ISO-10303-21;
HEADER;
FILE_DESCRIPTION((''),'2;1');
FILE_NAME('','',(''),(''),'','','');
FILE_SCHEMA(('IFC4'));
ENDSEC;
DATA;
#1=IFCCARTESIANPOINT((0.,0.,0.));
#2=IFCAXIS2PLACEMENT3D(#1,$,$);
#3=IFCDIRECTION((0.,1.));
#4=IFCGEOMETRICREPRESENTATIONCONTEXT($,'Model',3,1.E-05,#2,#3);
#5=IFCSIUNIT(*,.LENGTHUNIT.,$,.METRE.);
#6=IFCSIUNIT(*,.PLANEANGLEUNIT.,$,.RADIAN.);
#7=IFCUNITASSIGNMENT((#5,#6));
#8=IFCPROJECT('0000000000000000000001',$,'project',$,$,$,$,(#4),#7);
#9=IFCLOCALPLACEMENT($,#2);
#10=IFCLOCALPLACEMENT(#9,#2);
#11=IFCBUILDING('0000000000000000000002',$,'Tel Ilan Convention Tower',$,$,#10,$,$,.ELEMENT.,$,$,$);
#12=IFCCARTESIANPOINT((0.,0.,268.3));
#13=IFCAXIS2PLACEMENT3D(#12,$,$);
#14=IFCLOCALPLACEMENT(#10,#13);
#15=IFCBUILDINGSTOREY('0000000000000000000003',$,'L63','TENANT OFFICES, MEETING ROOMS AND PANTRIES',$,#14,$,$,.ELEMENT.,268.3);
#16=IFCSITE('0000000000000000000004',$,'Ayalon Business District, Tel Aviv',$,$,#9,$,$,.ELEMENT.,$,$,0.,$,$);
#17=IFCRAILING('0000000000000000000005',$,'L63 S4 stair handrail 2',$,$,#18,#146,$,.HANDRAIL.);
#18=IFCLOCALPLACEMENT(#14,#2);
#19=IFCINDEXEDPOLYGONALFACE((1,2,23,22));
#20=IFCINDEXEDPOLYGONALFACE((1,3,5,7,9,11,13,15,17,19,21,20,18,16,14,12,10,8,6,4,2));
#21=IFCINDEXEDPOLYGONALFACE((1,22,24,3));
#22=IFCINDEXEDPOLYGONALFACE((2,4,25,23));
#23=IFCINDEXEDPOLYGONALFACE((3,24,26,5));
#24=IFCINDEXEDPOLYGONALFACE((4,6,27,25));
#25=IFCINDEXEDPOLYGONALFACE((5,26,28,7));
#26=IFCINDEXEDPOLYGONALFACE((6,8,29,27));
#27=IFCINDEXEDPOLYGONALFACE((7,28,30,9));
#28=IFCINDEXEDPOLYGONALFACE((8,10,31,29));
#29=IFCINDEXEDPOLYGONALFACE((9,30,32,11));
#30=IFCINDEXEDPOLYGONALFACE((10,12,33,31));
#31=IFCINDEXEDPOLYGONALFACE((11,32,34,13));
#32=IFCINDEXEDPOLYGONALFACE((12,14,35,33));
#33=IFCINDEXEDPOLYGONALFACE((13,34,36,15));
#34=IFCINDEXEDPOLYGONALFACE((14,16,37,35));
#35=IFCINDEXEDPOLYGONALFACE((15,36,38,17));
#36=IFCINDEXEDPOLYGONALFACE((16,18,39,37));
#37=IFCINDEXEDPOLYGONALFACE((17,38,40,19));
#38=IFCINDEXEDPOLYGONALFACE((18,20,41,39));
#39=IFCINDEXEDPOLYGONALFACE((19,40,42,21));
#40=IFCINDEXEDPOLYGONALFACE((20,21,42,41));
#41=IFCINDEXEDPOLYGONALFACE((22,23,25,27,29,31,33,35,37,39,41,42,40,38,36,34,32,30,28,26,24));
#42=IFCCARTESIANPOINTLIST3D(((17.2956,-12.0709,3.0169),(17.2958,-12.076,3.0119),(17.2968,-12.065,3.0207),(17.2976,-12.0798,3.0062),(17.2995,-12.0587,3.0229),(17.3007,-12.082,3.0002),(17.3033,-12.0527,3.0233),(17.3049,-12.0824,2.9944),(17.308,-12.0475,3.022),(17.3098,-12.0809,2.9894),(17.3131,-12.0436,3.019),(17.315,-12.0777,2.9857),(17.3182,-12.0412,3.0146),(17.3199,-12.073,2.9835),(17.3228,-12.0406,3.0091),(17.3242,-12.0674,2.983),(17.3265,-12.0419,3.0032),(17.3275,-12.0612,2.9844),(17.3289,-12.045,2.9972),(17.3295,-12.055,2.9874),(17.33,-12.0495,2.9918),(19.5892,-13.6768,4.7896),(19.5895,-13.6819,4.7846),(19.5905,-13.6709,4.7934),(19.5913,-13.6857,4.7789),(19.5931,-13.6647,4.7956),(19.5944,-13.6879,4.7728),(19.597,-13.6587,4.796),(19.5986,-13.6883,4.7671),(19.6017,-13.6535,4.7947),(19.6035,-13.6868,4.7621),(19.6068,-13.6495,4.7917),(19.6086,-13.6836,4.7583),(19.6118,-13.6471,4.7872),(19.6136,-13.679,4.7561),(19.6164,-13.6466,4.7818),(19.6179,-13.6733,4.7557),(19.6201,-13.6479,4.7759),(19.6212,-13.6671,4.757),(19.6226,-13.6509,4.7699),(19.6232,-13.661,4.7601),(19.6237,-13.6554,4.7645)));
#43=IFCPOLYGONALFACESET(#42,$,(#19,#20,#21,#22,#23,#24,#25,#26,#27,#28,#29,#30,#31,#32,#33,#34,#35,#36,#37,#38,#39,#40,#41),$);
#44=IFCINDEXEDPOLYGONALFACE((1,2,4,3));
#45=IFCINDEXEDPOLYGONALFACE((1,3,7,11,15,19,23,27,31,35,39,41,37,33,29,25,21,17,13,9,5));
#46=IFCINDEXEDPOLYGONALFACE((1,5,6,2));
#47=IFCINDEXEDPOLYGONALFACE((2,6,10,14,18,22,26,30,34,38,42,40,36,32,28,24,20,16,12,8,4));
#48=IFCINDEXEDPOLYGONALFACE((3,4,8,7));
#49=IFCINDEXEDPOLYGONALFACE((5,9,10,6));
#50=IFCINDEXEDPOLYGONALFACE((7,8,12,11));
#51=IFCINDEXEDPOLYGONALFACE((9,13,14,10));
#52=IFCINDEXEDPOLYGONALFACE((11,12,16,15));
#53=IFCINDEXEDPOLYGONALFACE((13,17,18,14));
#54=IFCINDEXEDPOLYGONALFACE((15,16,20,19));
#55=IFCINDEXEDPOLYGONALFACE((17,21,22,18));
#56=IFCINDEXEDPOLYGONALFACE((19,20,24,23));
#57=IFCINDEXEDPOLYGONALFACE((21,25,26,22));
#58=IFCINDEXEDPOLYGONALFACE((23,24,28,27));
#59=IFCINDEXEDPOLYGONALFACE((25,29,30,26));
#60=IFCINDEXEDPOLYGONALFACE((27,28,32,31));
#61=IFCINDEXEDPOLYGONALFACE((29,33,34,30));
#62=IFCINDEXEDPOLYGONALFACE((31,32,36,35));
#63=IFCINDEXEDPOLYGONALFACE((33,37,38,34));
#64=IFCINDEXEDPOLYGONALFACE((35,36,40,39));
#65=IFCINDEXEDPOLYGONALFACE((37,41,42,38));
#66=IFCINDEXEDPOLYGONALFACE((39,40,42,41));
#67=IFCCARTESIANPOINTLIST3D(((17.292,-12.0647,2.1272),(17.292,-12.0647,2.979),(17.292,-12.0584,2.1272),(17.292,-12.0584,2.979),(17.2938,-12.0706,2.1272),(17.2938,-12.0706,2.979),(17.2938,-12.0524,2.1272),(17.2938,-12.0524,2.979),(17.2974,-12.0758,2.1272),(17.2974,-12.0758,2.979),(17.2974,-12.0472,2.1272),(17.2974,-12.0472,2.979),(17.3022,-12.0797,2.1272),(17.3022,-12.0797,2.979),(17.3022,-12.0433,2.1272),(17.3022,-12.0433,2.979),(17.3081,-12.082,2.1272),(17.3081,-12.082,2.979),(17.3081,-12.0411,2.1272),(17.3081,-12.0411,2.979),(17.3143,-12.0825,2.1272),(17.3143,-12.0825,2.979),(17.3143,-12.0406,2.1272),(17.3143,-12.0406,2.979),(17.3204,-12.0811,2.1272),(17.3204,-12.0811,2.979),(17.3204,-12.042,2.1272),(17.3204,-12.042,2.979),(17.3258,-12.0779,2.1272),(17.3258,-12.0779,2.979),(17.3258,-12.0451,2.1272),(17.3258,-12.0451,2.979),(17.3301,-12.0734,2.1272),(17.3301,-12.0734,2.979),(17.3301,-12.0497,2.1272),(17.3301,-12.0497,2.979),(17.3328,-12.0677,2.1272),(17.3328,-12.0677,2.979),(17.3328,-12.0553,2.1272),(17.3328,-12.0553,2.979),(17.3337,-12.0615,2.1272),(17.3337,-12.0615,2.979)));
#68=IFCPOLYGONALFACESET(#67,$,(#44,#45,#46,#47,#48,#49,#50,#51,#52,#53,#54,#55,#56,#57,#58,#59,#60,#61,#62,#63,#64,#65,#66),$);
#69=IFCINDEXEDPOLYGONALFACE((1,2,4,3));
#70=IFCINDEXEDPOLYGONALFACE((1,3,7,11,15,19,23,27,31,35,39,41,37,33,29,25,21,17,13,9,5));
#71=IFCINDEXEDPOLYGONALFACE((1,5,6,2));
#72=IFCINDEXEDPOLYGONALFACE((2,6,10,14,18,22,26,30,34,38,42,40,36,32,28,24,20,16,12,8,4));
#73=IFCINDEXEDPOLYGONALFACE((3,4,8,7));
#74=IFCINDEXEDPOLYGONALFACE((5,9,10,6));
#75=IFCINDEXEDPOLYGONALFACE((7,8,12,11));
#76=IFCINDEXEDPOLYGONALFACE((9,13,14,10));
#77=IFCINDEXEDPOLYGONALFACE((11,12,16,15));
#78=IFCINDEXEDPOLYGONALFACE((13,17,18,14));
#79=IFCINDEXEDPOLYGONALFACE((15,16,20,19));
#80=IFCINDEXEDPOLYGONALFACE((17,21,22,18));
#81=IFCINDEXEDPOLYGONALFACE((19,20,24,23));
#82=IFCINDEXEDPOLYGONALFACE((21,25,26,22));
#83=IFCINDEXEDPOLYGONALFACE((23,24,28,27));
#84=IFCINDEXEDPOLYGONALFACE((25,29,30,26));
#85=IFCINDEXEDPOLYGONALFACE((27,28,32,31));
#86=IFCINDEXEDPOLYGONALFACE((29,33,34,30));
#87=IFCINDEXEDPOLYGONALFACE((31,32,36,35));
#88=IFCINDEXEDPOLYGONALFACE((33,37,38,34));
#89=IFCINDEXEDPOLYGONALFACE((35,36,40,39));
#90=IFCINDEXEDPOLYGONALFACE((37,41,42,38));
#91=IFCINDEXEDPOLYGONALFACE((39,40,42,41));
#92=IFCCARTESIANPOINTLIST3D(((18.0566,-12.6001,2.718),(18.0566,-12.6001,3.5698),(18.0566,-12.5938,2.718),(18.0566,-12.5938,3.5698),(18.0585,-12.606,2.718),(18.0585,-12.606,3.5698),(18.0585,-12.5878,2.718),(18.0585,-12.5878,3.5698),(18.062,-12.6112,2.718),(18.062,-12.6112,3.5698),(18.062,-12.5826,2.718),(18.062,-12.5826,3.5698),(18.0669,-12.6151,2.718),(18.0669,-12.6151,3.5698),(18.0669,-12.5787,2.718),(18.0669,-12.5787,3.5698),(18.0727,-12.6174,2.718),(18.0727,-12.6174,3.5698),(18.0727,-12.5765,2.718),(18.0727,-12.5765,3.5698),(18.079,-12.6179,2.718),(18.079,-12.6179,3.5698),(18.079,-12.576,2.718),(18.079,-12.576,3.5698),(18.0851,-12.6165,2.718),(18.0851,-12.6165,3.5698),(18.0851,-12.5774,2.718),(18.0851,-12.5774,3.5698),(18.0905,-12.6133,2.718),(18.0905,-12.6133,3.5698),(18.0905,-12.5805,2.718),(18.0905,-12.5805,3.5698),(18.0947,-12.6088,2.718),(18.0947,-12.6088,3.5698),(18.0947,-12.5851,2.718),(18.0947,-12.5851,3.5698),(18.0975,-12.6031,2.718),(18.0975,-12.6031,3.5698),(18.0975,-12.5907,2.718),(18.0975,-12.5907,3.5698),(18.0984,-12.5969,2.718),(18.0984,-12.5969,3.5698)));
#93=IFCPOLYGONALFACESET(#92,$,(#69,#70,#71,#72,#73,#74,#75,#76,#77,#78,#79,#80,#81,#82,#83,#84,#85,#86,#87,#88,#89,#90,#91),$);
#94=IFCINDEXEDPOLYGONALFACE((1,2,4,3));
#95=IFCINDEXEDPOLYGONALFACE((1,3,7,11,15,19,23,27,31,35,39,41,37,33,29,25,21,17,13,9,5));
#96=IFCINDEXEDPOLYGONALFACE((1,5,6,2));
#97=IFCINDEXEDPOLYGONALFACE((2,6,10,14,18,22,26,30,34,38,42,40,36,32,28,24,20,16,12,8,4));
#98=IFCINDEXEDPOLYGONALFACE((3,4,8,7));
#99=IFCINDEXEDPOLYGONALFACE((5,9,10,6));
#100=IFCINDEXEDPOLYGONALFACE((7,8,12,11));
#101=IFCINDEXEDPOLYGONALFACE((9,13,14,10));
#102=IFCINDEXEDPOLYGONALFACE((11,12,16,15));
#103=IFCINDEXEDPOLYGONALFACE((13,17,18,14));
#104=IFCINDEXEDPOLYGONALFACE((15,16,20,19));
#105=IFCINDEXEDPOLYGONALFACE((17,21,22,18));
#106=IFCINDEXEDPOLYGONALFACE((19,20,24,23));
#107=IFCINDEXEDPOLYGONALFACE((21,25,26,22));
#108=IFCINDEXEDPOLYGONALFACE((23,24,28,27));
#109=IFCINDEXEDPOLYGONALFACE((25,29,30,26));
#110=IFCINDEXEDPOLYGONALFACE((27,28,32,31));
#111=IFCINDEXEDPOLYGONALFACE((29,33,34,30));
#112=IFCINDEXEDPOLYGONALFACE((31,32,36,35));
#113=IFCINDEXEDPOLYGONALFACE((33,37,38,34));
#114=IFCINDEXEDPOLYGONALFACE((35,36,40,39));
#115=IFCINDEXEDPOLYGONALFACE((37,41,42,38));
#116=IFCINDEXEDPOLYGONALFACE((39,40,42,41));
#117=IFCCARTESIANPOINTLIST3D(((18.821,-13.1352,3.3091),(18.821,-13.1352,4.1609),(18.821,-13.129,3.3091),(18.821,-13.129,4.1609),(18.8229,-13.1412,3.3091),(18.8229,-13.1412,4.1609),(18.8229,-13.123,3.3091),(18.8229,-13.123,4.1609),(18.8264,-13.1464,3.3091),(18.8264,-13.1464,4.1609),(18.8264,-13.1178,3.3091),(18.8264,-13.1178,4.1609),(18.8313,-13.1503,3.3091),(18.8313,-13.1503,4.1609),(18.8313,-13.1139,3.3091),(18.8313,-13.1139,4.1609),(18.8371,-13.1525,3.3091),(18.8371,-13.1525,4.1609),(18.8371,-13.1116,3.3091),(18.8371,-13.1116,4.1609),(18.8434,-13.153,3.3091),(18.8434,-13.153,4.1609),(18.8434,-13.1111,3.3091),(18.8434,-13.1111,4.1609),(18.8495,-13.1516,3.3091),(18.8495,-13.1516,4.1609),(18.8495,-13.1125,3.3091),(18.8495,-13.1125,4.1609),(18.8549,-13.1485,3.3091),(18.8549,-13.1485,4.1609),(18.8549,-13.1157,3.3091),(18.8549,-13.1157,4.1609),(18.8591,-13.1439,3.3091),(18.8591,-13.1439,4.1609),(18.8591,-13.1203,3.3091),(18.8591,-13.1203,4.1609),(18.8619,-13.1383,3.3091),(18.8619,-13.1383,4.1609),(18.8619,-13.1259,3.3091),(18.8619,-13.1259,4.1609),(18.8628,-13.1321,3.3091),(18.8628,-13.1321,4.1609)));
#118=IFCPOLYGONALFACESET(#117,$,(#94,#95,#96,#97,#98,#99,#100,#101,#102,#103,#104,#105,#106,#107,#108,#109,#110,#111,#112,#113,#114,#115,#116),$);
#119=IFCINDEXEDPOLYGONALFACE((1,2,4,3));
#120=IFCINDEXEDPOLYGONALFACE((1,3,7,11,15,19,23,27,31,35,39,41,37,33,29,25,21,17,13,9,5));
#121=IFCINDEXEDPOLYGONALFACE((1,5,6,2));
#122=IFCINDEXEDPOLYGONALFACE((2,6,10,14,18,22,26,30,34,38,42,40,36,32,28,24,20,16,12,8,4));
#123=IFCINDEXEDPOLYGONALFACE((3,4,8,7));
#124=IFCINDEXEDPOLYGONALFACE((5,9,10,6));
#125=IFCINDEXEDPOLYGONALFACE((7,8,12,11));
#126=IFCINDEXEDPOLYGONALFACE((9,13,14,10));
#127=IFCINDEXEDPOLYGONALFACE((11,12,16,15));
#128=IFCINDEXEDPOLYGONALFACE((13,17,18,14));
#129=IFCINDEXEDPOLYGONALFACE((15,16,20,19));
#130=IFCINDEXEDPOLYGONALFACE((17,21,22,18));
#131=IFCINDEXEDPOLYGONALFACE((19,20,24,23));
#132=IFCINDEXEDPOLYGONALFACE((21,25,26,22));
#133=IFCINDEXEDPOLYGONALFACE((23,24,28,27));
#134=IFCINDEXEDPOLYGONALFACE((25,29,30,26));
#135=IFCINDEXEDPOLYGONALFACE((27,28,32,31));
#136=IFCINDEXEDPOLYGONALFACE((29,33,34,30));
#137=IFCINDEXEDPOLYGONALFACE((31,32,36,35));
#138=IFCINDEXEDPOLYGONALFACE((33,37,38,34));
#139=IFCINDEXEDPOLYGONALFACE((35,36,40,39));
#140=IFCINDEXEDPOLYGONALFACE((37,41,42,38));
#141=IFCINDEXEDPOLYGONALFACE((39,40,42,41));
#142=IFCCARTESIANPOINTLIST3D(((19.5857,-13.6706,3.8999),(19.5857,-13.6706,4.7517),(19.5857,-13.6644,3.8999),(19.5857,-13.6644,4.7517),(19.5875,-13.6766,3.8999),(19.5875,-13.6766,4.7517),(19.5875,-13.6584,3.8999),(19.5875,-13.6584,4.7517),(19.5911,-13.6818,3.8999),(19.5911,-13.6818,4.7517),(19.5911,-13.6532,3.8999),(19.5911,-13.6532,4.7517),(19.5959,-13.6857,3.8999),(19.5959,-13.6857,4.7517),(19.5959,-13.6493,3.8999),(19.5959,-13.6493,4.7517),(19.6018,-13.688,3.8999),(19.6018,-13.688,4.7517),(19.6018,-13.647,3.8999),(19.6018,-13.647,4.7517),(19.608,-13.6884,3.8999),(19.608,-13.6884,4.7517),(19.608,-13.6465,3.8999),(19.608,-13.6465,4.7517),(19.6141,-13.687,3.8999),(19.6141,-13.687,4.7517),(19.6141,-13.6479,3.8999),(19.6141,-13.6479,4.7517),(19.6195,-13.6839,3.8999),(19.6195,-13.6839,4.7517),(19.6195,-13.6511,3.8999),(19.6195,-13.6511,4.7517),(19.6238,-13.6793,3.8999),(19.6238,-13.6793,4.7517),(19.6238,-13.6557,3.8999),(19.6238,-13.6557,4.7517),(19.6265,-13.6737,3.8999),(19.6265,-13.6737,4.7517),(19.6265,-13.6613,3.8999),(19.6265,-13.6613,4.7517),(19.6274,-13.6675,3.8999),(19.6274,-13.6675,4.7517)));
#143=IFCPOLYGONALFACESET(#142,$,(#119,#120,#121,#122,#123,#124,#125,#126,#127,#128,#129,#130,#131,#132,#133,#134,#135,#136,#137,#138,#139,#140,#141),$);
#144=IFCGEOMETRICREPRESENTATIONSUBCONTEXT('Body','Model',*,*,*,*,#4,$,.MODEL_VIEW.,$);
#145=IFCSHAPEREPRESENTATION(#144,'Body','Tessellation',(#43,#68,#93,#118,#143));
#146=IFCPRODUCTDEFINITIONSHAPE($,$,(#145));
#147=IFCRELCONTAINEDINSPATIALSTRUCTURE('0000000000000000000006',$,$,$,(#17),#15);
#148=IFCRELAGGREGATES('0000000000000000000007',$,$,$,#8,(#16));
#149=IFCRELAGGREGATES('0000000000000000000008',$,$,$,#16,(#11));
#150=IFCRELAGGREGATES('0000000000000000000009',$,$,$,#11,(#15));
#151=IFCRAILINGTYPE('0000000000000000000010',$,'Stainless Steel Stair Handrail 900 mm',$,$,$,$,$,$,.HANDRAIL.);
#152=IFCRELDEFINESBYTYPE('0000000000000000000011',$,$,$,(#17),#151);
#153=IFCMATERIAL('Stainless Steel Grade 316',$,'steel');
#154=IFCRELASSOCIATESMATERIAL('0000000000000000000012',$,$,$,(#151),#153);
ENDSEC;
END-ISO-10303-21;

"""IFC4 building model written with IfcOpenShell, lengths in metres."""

from ifc_helpers import new_model, si_unit, direction, frame, origin, origin_2d, place, context, subcontext, project, spatial, circle, extrude, material, type_object, element, save


model = new_model("IFC4")

# Units and contexts
model_context = context("Model", 3, precision=1e-05, world=origin(), true_north=direction((0.0, 1.0)))
body_context = subcontext(model_context, "Body", "Model", "MODEL_VIEW")
ifc_project = project(units=[si_unit("LENGTHUNIT", "METRE"), si_unit("PLANEANGLEUNIT", "RADIAN")], contexts=[model_context])

# Site, building, storey
site_placement = place(None, origin())
site = spatial("IfcSite", under=ifc_project, at=site_placement, Name="Ayalon Business District, Tel Aviv", CompositionType="ELEMENT", RefElevation=0.0)
building_placement = place(site_placement, origin())
building = spatial("IfcBuilding", under=site, at=building_placement, Name="Tel Ilan Convention Tower", CompositionType="ELEMENT")
storey_placement = place(building_placement, frame((0.0, 0.0, 268.3)))
storey = spatial("IfcBuildingStorey", under=building, at=storey_placement, Name="L63", Description="TENANT OFFICES, MEETING ROOMS AND PANTRIES", CompositionType="ELEMENT", Elevation=268.3)

# Railing
ifc_material_1 = material(Name="Stainless Steel Grade 316", Category="steel")
railing_type_1 = type_object("IfcRailingType", Name="Stainless Steel Stair Handrail 900 mm", PredefinedType="HANDRAIL", material=ifc_material_1)
railing_1_placement = place(storey_placement, frame((17.3127, -12.0615, 2.1272)))
element("IfcRailing", 1, at=railing_1_placement, inside=storey, type_object=railing_type_1, Name="L63 S4 stair handrail 2", PredefinedType="HANDRAIL", context=body_context, shape_type="SweptSolid", body=[
    extrude(circle(Radius=0.0239, at=origin_2d()), frame((0.0, 0.0, 0.876), z_axis=(0.692123, -0.484597, 0.534913), x_axis=(0.57355, 0.81917, 0.0)), (0.0, 0.0, 1.0), 3.314),
    extrude(circle(Radius=0.021, at=origin_2d()), origin(), (0.0, 0.0, 1.0), 0.8518),
    extrude(circle(Radius=0.021, at=origin_2d()), frame((0.7646, -0.5354, 0.5908)), (0.0, 0.0, 1.0), 0.8518),
    extrude(circle(Radius=0.021, at=origin_2d()), frame((1.5291, -1.0706, 1.1819)), (0.0, 0.0, 1.0), 0.8518),
    extrude(circle(Radius=0.021, at=origin_2d()), frame((2.2937, -1.606, 1.7727)), (0.0, 0.0, 1.0), 0.8518),
])

save(model, "model.ifc")
